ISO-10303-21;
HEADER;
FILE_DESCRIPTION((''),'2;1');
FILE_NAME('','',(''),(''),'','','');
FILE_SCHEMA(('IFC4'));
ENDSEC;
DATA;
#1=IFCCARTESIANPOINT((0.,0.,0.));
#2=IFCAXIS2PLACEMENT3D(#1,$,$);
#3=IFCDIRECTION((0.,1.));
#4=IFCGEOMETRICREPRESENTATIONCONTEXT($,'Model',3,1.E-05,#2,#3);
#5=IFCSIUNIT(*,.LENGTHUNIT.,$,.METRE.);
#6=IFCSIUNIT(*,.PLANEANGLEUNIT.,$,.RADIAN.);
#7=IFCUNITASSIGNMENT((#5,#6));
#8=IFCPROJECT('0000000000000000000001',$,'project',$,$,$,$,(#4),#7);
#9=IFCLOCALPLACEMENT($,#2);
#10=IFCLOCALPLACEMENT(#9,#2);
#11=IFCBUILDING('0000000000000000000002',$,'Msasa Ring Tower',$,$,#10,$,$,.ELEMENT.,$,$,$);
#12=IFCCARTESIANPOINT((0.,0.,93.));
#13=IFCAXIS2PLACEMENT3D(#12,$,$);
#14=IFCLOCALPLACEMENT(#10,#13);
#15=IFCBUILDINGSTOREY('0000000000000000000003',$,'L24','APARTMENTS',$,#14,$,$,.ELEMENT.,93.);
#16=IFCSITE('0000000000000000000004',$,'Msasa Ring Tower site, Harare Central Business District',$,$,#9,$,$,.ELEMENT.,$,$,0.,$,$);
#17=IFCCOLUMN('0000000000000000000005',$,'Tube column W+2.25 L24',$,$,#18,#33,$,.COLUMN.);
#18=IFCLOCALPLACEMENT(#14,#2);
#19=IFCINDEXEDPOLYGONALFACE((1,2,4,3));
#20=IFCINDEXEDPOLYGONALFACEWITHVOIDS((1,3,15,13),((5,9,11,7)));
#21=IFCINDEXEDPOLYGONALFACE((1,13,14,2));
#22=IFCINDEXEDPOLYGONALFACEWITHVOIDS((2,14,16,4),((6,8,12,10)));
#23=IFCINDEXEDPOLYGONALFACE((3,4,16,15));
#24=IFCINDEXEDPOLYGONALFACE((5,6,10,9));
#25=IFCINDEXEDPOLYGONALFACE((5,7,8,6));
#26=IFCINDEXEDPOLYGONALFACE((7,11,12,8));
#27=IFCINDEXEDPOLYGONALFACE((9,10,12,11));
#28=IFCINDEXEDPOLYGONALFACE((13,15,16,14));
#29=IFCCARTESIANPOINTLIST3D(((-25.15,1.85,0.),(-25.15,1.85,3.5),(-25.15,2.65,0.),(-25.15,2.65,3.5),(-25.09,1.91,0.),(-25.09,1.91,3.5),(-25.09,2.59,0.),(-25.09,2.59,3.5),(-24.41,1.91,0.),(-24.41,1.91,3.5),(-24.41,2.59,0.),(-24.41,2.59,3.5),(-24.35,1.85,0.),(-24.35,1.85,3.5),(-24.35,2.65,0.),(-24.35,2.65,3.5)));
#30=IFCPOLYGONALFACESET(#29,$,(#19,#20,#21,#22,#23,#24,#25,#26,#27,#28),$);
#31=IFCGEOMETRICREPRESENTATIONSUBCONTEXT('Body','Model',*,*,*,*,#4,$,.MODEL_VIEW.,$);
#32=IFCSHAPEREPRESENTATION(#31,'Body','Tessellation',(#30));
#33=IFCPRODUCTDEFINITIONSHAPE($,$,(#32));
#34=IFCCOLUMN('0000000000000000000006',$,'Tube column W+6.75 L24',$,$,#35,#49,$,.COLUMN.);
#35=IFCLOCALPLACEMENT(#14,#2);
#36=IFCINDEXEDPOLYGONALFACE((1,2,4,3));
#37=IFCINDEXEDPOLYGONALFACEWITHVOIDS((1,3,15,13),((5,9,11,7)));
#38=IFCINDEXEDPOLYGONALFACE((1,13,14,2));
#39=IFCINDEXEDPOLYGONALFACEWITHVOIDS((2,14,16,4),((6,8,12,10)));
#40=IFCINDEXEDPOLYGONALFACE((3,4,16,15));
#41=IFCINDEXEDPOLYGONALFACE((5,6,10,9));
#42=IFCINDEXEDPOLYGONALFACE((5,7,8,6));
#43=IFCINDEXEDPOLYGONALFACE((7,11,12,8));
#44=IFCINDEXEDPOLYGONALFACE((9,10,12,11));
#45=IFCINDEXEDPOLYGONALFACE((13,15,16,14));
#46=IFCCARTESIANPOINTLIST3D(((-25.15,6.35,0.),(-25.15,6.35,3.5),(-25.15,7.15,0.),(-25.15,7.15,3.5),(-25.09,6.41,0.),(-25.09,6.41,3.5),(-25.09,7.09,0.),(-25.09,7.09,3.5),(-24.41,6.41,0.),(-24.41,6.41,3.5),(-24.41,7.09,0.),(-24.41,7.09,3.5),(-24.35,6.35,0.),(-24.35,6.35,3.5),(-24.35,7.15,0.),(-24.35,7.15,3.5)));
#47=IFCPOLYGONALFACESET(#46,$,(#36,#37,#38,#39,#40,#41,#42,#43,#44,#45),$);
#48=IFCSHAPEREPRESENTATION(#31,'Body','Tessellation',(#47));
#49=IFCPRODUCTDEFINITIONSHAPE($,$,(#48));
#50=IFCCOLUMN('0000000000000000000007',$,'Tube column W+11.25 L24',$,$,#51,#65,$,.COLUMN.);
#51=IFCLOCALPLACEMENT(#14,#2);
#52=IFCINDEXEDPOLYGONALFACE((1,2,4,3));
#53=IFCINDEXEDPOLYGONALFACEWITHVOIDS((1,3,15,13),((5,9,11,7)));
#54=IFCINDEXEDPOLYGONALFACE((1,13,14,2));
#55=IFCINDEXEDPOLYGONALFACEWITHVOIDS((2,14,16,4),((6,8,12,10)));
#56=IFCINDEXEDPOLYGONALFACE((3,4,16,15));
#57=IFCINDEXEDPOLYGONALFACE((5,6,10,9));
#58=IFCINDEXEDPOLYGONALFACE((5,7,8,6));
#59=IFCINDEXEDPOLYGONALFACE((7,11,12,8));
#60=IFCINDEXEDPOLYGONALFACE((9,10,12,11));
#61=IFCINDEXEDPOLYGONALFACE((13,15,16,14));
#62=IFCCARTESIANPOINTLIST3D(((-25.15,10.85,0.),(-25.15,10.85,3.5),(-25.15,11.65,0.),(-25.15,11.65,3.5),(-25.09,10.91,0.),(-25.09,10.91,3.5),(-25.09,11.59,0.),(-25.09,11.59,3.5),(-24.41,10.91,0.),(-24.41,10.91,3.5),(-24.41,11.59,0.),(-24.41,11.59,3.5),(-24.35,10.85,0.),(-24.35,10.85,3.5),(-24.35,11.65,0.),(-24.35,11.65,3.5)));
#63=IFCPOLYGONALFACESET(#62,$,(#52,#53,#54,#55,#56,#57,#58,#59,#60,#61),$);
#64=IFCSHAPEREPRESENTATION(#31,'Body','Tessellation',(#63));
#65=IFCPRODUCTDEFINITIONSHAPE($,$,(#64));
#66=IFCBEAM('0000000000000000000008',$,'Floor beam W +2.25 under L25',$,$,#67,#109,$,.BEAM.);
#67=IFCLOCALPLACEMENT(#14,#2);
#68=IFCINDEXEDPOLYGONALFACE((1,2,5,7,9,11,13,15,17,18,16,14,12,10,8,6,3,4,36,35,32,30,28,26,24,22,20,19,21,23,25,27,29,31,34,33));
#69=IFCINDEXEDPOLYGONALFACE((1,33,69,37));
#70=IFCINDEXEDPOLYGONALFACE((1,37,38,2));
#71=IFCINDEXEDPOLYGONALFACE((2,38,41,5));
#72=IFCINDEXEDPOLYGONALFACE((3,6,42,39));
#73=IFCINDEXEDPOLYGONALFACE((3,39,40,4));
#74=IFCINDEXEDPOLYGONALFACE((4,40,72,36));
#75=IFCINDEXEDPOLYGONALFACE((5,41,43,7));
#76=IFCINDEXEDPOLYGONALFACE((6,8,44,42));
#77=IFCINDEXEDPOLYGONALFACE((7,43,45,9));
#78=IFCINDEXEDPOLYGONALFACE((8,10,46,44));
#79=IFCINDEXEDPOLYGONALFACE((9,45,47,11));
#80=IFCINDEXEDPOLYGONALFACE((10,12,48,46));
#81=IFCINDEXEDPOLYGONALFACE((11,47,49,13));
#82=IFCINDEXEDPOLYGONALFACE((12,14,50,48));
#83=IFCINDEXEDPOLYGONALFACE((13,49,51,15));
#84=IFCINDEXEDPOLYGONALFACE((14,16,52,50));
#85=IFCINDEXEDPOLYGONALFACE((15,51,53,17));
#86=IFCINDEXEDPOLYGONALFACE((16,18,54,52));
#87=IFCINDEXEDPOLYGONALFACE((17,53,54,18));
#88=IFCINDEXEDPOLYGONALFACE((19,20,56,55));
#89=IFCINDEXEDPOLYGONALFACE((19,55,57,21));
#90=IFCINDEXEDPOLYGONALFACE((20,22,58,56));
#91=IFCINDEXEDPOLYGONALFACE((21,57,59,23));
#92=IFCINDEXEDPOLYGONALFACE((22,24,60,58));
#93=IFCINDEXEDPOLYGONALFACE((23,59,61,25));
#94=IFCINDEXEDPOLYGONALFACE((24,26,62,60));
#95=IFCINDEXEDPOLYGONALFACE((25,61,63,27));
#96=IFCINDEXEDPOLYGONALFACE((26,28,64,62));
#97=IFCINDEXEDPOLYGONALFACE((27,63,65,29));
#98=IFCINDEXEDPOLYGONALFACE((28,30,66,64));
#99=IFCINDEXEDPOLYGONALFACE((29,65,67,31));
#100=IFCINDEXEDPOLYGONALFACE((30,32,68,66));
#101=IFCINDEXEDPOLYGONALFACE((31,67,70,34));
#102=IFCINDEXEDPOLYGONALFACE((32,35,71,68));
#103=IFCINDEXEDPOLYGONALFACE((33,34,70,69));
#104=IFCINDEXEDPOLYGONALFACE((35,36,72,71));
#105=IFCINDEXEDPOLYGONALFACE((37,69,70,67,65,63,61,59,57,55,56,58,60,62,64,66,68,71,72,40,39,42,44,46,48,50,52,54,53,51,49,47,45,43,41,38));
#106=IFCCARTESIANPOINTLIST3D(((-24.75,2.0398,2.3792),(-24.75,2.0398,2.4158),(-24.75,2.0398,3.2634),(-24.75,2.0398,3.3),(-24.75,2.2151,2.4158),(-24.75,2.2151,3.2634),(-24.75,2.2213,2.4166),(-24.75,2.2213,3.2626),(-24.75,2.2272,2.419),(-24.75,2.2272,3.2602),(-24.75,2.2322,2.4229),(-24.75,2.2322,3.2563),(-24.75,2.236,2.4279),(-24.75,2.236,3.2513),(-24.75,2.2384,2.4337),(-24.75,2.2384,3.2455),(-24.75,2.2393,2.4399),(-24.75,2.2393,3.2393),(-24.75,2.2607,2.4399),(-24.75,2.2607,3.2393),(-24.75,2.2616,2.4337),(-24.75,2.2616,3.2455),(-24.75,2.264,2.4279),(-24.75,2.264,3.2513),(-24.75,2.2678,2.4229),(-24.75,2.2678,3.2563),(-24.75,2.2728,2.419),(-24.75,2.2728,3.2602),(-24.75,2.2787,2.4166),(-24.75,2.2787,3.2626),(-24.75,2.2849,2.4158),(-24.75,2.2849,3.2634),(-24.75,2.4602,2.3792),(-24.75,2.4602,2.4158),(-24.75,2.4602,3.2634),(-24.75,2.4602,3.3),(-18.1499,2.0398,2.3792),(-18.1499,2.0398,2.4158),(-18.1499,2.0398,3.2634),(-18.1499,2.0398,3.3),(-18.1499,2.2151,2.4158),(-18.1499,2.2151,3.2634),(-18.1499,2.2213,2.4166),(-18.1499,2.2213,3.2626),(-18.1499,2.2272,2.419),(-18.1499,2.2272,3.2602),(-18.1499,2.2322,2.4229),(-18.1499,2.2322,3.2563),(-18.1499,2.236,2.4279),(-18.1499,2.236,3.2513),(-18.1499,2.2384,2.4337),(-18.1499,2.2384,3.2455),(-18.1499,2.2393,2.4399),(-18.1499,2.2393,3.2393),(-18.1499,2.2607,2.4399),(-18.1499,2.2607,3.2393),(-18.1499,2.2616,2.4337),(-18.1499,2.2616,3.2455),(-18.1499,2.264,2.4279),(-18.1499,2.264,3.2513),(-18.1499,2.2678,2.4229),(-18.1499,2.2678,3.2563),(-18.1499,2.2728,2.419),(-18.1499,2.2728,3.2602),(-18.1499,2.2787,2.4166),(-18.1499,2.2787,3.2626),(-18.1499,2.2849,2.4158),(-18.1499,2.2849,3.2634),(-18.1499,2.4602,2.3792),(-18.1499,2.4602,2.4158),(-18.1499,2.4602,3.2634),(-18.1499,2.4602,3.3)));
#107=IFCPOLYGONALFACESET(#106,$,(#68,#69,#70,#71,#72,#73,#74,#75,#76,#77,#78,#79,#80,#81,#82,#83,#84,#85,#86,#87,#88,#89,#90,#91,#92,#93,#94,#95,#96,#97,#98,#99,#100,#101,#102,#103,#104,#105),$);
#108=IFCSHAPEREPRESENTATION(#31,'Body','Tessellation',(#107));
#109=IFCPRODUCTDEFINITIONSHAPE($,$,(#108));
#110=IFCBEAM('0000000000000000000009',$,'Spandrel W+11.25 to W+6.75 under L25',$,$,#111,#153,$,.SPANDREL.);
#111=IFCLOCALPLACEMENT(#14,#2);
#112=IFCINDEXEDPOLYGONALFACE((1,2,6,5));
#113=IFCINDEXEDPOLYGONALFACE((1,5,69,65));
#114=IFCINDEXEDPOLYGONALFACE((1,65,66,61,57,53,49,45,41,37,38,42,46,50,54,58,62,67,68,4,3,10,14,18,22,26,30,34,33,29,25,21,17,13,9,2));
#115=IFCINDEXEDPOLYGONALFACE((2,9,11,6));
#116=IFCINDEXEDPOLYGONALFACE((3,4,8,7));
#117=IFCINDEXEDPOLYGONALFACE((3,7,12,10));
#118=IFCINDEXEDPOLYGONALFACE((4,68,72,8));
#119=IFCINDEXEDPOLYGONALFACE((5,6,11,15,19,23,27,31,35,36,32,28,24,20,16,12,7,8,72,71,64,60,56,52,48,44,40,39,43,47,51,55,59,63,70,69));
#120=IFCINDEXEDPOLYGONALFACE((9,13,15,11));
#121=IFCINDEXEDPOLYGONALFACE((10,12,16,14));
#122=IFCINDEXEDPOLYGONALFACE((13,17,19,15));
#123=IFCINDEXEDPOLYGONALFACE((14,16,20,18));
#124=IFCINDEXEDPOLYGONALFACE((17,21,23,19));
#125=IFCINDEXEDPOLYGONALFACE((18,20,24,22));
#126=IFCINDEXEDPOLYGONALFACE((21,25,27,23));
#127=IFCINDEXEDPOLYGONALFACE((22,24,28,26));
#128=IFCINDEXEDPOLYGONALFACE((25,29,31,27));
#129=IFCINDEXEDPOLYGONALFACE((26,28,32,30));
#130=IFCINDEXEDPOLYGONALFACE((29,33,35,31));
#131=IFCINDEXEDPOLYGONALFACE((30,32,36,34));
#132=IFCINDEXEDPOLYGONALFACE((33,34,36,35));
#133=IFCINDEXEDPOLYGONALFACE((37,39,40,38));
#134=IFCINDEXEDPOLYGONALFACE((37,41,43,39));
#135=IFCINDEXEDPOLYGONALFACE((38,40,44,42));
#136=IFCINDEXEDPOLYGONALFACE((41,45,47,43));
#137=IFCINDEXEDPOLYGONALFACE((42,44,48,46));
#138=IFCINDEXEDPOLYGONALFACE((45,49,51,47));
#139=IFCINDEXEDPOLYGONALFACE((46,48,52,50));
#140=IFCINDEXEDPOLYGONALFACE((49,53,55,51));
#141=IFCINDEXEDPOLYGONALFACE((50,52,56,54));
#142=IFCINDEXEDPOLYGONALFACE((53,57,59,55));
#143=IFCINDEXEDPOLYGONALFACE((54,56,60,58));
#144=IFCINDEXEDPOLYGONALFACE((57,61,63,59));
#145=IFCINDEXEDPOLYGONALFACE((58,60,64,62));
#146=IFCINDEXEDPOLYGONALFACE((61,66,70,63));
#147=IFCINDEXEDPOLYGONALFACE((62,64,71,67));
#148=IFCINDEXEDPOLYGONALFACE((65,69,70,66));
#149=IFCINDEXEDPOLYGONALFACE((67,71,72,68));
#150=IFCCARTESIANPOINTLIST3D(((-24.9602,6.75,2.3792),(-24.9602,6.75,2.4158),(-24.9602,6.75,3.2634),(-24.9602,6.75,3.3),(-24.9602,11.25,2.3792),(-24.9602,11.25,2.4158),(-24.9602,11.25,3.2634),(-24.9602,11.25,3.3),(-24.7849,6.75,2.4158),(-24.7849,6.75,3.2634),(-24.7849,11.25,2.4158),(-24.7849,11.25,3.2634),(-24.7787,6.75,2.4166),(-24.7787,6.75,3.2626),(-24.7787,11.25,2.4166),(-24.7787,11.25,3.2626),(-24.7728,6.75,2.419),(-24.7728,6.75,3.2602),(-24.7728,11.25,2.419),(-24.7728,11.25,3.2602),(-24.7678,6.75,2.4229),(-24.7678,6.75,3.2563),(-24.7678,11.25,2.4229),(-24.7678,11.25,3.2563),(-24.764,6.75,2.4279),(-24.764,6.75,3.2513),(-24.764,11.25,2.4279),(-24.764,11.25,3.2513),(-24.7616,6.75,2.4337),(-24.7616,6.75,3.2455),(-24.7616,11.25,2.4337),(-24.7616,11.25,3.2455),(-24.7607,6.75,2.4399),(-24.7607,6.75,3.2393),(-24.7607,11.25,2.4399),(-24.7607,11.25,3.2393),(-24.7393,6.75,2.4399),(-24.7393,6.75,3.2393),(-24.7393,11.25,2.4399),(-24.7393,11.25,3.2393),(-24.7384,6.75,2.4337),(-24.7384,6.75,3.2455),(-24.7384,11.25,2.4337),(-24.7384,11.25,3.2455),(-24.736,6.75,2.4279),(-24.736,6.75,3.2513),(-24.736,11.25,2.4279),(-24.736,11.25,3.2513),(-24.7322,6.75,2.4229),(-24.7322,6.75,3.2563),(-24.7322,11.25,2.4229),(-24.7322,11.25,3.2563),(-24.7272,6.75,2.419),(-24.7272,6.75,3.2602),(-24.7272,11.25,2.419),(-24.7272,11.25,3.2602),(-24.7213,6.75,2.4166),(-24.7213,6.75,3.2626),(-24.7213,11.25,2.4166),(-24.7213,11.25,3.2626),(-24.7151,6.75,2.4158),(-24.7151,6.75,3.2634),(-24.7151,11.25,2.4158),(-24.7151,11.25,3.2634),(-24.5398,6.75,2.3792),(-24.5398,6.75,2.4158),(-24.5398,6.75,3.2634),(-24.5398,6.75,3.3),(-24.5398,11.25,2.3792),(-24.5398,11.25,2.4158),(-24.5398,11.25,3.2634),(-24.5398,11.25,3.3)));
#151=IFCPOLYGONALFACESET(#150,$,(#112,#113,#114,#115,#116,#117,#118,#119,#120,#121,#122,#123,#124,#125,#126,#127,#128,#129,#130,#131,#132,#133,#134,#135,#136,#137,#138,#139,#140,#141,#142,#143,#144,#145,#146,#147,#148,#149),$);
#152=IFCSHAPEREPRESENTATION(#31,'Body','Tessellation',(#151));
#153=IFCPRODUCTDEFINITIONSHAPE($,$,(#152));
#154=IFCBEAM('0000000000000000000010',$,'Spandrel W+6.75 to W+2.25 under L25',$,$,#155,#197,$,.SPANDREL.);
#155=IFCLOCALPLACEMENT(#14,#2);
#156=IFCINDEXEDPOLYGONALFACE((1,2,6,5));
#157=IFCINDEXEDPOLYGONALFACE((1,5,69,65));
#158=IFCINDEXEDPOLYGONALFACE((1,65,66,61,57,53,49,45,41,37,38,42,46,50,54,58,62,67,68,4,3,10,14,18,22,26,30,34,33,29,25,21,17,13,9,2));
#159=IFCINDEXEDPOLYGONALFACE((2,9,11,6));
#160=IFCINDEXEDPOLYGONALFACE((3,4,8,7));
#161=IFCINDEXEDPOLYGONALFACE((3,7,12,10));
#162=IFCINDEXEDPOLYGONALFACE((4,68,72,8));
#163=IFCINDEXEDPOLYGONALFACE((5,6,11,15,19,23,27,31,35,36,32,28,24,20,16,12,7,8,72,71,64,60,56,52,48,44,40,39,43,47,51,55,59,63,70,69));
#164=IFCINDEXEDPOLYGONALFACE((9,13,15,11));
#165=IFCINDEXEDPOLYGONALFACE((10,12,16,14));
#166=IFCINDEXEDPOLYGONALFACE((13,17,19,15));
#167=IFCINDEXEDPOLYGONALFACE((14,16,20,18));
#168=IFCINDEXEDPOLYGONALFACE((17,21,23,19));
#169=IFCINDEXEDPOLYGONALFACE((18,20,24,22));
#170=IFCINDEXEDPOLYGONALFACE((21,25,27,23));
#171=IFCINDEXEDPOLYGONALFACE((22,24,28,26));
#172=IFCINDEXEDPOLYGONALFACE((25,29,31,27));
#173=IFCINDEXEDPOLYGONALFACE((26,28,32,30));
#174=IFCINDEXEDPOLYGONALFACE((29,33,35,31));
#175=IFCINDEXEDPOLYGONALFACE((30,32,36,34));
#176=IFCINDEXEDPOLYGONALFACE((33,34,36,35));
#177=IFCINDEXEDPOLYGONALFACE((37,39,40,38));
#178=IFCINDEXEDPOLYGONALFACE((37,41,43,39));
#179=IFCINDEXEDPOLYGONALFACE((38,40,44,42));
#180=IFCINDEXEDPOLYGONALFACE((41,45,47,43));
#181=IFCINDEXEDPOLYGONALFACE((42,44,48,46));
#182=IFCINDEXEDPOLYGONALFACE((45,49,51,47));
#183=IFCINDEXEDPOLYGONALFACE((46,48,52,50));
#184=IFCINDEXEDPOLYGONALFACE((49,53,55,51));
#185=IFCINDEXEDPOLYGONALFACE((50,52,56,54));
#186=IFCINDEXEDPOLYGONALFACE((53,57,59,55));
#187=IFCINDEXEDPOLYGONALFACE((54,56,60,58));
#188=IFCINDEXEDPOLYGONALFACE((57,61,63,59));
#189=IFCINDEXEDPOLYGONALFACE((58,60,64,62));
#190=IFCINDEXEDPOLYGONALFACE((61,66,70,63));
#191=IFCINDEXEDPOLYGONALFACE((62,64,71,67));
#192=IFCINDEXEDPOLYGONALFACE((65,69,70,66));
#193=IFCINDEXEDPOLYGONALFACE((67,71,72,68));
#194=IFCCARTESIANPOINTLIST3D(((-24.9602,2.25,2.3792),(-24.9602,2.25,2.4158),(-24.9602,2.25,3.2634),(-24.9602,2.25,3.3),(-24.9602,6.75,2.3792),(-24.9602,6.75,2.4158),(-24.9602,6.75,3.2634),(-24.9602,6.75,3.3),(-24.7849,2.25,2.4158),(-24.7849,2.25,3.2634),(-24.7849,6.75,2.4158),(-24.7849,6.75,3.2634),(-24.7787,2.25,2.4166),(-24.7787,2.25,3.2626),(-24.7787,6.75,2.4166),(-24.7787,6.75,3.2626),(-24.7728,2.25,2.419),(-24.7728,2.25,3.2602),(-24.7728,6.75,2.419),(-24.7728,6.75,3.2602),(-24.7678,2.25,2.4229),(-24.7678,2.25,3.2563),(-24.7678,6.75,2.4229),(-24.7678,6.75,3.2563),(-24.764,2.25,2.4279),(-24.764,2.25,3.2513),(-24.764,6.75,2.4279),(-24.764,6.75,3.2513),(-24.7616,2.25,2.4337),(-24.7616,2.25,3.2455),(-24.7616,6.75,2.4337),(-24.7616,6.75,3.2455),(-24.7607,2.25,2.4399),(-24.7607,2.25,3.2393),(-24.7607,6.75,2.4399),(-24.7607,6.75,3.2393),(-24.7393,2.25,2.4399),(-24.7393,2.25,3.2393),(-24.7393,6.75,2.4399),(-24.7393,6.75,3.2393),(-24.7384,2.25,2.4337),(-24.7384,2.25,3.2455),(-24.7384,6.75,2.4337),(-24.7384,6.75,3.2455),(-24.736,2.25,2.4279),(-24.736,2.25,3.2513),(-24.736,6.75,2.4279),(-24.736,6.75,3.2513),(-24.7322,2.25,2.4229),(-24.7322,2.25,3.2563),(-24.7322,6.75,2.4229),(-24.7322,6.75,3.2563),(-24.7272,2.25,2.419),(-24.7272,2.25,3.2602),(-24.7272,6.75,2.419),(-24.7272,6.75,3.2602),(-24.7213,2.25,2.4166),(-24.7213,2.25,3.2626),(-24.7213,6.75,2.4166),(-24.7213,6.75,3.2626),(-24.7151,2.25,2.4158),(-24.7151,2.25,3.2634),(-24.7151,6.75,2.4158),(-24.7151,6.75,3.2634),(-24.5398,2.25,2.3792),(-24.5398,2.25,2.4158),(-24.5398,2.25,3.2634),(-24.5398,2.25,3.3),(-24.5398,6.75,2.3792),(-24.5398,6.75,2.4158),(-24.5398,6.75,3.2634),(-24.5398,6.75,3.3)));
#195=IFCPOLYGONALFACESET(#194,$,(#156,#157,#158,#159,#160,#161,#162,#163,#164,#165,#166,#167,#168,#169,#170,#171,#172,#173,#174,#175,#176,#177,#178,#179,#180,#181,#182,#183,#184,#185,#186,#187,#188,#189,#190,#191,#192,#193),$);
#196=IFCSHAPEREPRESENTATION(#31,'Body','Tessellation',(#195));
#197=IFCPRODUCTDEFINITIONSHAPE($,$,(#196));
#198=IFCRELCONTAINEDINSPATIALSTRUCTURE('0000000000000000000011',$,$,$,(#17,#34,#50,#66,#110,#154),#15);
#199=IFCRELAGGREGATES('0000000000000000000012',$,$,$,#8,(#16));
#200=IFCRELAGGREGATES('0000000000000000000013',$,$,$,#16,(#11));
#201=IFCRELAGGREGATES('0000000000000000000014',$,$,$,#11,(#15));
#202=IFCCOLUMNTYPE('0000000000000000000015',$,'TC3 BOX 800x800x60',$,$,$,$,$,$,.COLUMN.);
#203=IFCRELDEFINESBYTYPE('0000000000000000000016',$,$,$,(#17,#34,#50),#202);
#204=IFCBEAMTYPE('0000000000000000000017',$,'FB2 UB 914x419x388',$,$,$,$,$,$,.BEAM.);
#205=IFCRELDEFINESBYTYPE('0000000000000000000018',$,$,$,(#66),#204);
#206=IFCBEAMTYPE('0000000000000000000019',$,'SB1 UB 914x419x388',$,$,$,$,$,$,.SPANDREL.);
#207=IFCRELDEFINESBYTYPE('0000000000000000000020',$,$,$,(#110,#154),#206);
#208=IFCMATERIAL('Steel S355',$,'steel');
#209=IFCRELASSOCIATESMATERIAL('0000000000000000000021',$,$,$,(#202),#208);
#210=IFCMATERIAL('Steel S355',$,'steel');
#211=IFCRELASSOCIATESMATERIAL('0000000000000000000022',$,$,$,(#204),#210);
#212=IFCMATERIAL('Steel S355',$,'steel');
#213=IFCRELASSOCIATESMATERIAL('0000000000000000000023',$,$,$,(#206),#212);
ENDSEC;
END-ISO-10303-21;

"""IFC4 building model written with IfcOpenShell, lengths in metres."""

from ifc_helpers import new_model, si_unit, direction, frame, origin, origin_2d, place, context, subcontext, project, spatial, hollow_rectangle, i_section, extrude, material, material_profile, profile_set, type_object, element, save


model = new_model("IFC4")

# Units and contexts
model_context = context("Model", 3, precision=1e-05, world=origin(), true_north=direction((0.0, 1.0)))
body_context = subcontext(model_context, "Body", "Model", "MODEL_VIEW")
ifc_project = project(units=[si_unit("LENGTHUNIT", "METRE"), si_unit("PLANEANGLEUNIT", "RADIAN")], contexts=[model_context])

# Site, building, storey
site_placement = place(None, origin())
site = spatial("IfcSite", under=ifc_project, at=site_placement, Name="Msasa Ring Tower site, Harare Central Business District", CompositionType="ELEMENT", RefElevation=0.0)
building_placement = place(site_placement, origin())
building = spatial("IfcBuilding", under=site, at=building_placement, Name="Msasa Ring Tower", CompositionType="ELEMENT")
storey_placement = place(building_placement, frame((0.0, 0.0, 93.0)))
storey = spatial("IfcBuildingStorey", under=building, at=storey_placement, Name="L24", Description="APARTMENTS", CompositionType="ELEMENT", Elevation=93.0)

# Columns
ifc_material_1 = material(Name="Steel S355", Category="steel")
ifc_material_profile_1 = material_profile(ifc_material_1, hollow_rectangle(XDim=0.8, YDim=0.8, WallThickness=0.0601, at=origin_2d()), Name="BOX 800x800x60")
ifc_profile_set_1 = profile_set([ifc_material_profile_1], Name="Steel S355")
column_type = type_object("IfcColumnType", Name="TC3 BOX 800x800x60", PredefinedType="COLUMN", material=ifc_profile_set_1)
for number, where, z_axis, x_axis, name in (
    (1, (-24.75, 2.25, 0.0), (0.0, 0.0, 1.0), (1.0, 0.0, 0.0), "Tube column W+2.25 L24"),
    (2, (-24.75, 6.75, 0.0), (0.0, 0.0, 1.0), (1.0, 0.0, 0.0), "Tube column W+6.75 L24"),
    (3, (-24.75, 11.25, 0.0), (0.0, 0.0, 1.0), (1.0, 0.0, 0.0), "Tube column W+11.25 L24"),
):
    element("IfcColumn", number, at=place(storey_placement, frame(where, z_axis=z_axis, x_axis=x_axis)), inside=storey, type_object=column_type, Name=name, PredefinedType="COLUMN", context=body_context, shape_type="SweptSolid", body=[
        extrude(hollow_rectangle(XDim=0.8, YDim=0.8, WallThickness=0.0601, at=origin_2d()), origin(), (0.0, 0.0, 1.0), 3.5),
    ])

# Beams
ifc_material_2 = material(Name="Steel S355", Category="steel")
ifc_material_profile_2 = material_profile(ifc_material_2, i_section(OverallWidth=0.4204, OverallDepth=0.9209, WebThickness=0.0215, FlangeThickness=0.0366, FilletRadius=0.0242, at=origin_2d()), Name="UB 914x419x388")
ifc_profile_set_2 = profile_set([ifc_material_profile_2], Name="Steel S355")
beam_type_1 = type_object("IfcBeamType", Name="FB2 UB 914x419x388", PredefinedType="BEAM", material=ifc_profile_set_2)
beam_placement = place(storey_placement, frame((-24.75, 2.25, 2.8396), z_axis=(1.0, 0.0, 0.0), x_axis=(0.0, 1.0, 0.0)))
element("IfcBeam", 4, at=beam_placement, inside=storey, type_object=beam_type_1, Name="Floor beam W +2.25 under L25", PredefinedType="BEAM", context=body_context, shape_type="SweptSolid", body=[
    extrude(i_section(OverallWidth=0.4204, OverallDepth=0.9209, WebThickness=0.0215, FlangeThickness=0.0366, FilletRadius=0.0242, at=origin_2d()), origin(), (0.0, 0.0, 1.0), 6.6001),
])
ifc_material_3 = material(Name="Steel S355", Category="steel")
ifc_material_profile_3 = material_profile(ifc_material_3, i_section(OverallWidth=0.4204, OverallDepth=0.9209, WebThickness=0.0215, FlangeThickness=0.0366, FilletRadius=0.0242, at=origin_2d()), Name="UB 914x419x388")
ifc_profile_set_3 = profile_set([ifc_material_profile_3], Name="Steel S355")
beam_type_2 = type_object("IfcBeamType", Name="SB1 UB 914x419x388", PredefinedType="SPANDREL", material=ifc_profile_set_3)
for number, where, z_axis, x_axis, name in (
    (5, (-24.75, 11.25, 2.8396), (0.0, -1.0, 0.0), (1.0, 0.0, 0.0), "Spandrel W+11.25 to W+6.75 under L25"),
    (6, (-24.75, 6.75, 2.8396), (0.0, -1.0, 0.0), (1.0, 0.0, 0.0), "Spandrel W+6.75 to W+2.25 under L25"),
):
    element("IfcBeam", number, at=place(storey_placement, frame(where, z_axis=z_axis, x_axis=x_axis)), inside=storey, type_object=beam_type_2, Name=name, PredefinedType="SPANDREL", context=body_context, shape_type="SweptSolid", body=[
        extrude(i_section(OverallWidth=0.4204, OverallDepth=0.9209, WebThickness=0.0215, FlangeThickness=0.0366, FilletRadius=0.0242, at=origin_2d()), origin(), (0.0, 0.0, 1.0), 4.5),
    ])

save(model, "model.ifc")
